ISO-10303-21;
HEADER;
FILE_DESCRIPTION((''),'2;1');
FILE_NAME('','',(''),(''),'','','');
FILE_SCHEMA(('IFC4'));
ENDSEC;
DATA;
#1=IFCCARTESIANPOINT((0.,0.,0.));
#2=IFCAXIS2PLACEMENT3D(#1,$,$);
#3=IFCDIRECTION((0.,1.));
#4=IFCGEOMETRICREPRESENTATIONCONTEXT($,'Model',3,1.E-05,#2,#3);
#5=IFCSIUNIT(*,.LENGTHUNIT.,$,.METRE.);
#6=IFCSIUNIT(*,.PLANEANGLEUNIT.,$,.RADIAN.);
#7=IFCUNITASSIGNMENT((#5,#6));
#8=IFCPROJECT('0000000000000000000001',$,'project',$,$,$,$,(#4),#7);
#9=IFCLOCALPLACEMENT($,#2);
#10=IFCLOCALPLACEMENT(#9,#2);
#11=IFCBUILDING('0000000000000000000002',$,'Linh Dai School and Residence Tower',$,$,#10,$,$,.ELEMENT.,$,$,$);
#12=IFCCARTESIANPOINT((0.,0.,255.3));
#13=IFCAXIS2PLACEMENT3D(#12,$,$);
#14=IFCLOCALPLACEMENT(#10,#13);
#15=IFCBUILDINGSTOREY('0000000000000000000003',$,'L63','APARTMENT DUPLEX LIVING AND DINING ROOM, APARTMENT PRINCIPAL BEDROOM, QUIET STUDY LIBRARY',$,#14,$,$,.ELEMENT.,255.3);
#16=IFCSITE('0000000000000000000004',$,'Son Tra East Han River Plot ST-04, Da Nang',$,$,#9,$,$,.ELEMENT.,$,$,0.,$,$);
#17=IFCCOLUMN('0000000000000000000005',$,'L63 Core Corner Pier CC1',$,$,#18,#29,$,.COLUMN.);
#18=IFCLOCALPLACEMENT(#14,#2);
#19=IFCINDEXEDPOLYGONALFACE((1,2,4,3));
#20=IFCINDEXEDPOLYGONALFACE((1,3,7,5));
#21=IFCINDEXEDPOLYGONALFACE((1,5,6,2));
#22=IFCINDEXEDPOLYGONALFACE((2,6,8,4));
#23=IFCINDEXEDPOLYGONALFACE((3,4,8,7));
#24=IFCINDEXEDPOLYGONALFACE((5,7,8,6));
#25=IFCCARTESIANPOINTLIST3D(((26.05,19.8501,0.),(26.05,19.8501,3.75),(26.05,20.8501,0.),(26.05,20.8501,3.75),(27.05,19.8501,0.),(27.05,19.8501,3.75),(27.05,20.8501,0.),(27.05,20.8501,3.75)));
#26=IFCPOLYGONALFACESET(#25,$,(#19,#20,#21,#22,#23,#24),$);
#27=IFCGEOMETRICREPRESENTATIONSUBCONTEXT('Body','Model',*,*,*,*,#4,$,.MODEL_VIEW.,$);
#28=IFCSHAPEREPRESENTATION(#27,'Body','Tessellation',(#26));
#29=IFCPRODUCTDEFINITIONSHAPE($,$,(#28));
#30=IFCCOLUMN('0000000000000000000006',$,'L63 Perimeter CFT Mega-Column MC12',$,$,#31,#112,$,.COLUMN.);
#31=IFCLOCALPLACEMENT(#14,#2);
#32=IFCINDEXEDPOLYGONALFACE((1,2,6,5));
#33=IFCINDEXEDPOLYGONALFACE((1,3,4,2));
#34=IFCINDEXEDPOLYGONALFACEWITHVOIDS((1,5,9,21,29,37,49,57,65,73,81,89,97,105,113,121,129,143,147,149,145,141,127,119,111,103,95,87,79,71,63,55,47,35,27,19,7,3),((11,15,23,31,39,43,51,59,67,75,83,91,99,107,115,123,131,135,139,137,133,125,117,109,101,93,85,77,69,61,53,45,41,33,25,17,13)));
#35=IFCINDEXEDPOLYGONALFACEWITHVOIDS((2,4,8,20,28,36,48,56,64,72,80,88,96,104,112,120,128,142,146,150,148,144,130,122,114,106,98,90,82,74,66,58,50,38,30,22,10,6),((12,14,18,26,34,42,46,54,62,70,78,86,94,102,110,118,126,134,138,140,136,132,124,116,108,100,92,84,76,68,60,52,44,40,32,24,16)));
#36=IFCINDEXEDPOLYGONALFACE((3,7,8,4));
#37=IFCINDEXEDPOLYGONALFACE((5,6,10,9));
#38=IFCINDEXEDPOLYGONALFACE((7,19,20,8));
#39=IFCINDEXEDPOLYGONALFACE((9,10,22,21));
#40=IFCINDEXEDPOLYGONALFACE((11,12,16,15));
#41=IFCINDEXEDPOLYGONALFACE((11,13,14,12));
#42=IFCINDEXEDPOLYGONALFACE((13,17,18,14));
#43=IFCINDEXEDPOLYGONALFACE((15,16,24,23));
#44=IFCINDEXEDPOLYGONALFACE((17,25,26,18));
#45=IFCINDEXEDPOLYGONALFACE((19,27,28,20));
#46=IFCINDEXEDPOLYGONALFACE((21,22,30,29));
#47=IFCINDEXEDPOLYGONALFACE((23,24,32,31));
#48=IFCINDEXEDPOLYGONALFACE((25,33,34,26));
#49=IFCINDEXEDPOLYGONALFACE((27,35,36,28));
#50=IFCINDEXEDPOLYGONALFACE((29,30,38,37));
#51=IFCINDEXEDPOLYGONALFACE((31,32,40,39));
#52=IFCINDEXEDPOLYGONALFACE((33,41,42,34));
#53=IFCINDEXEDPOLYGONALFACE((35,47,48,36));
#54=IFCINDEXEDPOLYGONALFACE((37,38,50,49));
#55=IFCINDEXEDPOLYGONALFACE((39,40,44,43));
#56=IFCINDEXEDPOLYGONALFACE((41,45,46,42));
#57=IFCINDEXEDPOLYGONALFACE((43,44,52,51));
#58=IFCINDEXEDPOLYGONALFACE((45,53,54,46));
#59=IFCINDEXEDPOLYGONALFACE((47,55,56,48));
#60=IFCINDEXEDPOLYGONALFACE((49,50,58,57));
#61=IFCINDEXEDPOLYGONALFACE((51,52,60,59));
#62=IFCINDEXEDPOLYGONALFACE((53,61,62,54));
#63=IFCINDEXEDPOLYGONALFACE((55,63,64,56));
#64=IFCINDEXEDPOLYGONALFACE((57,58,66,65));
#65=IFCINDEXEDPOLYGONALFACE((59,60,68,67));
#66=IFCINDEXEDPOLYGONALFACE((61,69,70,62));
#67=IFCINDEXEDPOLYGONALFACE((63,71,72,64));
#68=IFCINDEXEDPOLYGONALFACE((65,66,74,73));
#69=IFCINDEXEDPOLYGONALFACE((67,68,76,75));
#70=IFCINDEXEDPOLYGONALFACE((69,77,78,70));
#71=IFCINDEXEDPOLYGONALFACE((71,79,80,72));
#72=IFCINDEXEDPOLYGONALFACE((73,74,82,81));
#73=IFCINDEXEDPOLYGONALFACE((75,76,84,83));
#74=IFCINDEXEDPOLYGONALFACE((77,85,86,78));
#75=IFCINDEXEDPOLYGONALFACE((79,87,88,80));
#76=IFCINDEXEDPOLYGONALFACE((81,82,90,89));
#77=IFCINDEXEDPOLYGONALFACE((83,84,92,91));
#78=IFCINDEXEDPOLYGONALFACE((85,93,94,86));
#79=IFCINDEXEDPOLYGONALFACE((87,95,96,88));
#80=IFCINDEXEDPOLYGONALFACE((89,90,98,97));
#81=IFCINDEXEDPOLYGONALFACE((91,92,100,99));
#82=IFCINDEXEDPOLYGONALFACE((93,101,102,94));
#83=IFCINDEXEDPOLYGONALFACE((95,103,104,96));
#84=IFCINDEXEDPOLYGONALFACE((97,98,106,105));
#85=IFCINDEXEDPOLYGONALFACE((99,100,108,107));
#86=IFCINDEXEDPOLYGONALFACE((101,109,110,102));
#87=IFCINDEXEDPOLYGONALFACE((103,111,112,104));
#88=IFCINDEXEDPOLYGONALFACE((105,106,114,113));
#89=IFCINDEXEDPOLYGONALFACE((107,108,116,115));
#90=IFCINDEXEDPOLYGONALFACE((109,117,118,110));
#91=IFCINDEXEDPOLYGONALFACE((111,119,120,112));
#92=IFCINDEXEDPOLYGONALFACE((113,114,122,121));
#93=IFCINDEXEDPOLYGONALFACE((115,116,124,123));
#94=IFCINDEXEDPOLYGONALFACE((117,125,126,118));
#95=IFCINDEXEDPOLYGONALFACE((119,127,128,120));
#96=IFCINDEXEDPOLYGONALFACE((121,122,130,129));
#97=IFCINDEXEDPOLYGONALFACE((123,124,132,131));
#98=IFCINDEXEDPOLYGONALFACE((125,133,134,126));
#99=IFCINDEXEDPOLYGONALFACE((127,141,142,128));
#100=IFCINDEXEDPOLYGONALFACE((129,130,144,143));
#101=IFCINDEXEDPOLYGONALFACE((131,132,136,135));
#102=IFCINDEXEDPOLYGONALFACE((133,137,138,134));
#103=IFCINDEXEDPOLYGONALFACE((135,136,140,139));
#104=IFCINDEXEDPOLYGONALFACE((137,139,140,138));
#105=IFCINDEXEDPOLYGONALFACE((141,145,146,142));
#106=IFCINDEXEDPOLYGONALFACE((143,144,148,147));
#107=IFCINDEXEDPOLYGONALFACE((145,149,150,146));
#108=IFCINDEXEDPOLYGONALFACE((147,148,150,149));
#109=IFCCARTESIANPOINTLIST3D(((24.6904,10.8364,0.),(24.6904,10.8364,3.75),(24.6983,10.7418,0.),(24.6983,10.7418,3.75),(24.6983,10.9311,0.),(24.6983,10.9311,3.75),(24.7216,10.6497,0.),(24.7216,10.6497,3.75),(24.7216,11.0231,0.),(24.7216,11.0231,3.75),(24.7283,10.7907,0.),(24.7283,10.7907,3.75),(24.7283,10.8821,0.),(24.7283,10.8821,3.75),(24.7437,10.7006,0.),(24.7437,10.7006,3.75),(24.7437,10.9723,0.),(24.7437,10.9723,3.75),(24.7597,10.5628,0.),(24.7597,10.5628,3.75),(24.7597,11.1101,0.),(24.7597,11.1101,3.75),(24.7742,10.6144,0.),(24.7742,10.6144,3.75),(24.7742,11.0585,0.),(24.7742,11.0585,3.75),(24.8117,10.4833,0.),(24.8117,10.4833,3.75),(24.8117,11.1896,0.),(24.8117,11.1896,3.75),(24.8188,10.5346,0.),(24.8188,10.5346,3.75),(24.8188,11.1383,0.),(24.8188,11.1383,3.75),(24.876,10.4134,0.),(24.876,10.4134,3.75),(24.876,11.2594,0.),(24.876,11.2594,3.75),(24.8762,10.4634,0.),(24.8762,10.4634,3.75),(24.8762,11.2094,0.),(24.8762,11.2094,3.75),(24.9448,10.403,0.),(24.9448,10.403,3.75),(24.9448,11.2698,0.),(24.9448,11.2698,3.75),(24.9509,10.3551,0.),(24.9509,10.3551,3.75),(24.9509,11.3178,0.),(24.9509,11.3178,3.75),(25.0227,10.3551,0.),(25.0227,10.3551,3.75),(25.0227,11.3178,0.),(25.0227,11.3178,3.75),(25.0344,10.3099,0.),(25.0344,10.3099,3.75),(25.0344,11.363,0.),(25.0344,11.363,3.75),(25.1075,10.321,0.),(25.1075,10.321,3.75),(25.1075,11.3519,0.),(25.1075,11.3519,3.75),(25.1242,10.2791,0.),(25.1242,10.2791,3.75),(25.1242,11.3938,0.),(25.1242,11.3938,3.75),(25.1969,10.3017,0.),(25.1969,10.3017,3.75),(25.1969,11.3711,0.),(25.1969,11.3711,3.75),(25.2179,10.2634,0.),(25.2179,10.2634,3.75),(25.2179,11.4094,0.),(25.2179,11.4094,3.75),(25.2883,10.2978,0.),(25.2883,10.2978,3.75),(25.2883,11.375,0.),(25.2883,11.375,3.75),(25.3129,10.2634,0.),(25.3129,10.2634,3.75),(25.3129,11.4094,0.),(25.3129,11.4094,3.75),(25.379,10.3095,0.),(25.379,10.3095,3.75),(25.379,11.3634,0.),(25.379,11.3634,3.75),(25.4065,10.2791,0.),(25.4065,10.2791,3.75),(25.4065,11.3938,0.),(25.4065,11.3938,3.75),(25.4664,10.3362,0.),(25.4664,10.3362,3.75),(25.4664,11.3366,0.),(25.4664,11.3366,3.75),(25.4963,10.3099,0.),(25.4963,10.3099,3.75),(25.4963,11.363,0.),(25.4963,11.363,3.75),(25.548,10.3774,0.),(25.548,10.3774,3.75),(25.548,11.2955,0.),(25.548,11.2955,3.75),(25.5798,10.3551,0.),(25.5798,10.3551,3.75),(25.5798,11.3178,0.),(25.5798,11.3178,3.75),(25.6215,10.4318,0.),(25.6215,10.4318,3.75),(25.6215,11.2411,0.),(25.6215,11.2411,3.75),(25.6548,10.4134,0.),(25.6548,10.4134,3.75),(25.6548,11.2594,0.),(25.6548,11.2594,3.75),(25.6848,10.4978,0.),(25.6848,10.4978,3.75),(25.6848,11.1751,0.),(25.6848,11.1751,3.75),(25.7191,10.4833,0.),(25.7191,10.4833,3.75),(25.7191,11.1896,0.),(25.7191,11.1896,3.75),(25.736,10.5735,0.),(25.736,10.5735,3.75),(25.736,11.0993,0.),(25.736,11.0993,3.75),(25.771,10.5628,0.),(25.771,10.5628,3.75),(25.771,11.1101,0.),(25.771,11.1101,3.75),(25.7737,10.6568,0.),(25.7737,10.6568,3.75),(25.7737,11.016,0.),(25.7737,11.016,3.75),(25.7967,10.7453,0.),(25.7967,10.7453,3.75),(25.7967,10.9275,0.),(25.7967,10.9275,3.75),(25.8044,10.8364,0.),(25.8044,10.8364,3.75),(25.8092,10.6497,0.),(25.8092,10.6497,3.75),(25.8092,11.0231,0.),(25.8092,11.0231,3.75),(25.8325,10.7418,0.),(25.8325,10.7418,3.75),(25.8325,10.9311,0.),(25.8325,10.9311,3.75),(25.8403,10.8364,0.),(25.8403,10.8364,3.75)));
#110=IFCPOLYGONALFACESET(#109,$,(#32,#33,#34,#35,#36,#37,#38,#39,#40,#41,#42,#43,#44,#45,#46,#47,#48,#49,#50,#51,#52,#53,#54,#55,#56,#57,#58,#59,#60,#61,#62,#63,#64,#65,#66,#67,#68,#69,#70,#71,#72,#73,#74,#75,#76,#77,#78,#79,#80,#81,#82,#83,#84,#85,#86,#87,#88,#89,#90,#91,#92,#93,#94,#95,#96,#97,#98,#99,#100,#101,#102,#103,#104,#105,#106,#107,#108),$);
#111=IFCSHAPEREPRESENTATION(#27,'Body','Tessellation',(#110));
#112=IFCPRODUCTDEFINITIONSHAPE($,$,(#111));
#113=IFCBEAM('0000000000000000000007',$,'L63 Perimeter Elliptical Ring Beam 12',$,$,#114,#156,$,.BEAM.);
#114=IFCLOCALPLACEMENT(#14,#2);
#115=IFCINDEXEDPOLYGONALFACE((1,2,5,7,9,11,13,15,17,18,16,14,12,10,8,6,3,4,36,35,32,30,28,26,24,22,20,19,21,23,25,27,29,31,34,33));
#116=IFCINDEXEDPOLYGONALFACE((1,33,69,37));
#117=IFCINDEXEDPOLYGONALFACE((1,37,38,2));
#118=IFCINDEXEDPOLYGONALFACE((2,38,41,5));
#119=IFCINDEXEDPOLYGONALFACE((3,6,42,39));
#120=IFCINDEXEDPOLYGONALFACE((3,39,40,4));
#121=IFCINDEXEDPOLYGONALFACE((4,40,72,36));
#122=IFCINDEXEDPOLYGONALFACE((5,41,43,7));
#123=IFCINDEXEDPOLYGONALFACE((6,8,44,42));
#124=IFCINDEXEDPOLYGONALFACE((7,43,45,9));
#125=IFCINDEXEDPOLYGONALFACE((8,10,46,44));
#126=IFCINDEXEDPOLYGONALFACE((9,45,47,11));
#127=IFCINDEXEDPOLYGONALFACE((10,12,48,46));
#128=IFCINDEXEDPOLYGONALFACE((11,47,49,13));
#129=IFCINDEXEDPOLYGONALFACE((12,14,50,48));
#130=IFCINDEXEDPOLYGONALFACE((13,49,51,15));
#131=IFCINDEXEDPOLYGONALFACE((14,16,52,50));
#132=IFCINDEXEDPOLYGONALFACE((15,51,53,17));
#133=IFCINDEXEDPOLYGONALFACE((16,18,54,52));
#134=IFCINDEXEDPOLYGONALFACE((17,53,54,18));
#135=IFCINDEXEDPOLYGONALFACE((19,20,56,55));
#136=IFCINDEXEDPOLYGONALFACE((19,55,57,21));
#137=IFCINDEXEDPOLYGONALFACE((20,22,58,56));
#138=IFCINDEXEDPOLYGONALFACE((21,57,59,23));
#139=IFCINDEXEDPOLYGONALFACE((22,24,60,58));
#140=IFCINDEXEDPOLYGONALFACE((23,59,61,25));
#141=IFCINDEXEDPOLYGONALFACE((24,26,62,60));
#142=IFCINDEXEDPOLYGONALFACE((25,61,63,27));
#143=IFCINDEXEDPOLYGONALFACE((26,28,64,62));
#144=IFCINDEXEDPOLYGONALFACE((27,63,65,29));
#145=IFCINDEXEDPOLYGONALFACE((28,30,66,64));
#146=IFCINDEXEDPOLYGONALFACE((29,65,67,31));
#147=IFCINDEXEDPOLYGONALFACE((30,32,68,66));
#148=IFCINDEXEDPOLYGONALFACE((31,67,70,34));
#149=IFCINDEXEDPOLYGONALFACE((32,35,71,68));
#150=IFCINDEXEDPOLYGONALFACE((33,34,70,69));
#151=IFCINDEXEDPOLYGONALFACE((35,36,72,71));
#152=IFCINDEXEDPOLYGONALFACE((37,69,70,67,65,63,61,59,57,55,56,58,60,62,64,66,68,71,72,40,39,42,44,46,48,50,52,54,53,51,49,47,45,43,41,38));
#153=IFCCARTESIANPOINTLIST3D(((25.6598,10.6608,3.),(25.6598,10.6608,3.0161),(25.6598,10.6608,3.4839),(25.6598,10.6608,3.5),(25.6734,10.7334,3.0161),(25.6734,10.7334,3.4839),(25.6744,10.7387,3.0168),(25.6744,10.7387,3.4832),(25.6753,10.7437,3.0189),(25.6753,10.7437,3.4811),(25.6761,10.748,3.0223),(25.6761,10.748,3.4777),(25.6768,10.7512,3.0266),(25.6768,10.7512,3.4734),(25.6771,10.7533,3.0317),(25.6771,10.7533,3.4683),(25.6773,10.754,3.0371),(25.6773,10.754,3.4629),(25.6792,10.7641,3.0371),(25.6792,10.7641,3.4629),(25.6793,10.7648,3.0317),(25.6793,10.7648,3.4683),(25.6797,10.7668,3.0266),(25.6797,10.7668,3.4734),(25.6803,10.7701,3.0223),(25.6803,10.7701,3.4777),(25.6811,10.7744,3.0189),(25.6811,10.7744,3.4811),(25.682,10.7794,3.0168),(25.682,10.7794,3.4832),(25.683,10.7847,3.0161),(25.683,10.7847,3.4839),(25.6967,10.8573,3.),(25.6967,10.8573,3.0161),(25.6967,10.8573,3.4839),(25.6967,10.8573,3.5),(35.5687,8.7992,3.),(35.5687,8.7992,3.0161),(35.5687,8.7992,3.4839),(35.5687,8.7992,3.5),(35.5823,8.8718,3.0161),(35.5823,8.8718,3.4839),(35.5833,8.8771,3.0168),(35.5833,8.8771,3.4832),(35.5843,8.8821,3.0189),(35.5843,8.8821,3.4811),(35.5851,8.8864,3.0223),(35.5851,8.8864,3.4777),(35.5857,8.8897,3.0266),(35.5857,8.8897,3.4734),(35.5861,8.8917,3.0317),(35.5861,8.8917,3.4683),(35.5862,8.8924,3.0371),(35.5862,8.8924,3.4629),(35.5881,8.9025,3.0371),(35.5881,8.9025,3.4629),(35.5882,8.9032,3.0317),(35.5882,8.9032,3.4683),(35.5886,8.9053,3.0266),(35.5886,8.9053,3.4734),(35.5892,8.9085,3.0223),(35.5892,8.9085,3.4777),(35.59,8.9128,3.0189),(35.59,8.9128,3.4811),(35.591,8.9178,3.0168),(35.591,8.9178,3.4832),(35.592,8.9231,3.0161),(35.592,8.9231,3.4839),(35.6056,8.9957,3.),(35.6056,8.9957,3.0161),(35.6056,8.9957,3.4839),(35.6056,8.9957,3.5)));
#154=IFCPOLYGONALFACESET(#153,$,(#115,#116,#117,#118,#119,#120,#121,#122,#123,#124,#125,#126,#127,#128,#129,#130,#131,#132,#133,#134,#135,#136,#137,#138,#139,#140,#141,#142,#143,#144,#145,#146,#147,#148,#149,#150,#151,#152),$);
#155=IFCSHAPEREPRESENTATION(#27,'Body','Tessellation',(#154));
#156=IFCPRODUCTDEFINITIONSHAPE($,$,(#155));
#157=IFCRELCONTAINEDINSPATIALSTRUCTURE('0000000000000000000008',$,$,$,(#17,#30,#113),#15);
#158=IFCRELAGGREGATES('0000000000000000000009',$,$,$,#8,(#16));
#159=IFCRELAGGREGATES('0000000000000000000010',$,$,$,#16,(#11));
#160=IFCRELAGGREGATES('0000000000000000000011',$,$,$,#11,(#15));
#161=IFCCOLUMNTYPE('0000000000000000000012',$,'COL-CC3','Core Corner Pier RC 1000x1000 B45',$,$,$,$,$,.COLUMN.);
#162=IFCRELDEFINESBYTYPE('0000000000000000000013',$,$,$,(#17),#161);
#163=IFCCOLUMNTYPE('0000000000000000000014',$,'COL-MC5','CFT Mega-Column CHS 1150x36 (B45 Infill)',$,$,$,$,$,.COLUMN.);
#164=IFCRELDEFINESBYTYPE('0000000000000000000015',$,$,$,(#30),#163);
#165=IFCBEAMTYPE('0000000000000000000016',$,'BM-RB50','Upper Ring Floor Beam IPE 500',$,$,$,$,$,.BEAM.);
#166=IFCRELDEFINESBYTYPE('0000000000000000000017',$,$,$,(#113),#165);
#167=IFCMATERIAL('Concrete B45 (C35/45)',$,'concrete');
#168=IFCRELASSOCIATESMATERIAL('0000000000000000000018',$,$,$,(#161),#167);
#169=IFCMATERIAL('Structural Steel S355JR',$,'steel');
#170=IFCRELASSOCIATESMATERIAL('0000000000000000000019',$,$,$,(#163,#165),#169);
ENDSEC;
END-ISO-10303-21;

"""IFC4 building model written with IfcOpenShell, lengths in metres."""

from ifc_helpers import new_model, si_unit, direction, frame, origin, origin_2d, place, context, subcontext, project, spatial, rectangle, hollow_circle, i_section, extrude, material, material_profile, profile_set, type_object, element, save


model = new_model("IFC4")

# Units and contexts
model_context = context("Model", 3, precision=1e-05, world=origin(), true_north=direction((0.0, 1.0)))
body_context = subcontext(model_context, "Body", "Model", "MODEL_VIEW")
ifc_project = project(units=[si_unit("LENGTHUNIT", "METRE"), si_unit("PLANEANGLEUNIT", "RADIAN")], contexts=[model_context])

# Site, building, storey
site_placement = place(None, origin())
site = spatial("IfcSite", under=ifc_project, at=site_placement, Name="Son Tra East Han River Plot ST-04, Da Nang", CompositionType="ELEMENT", RefElevation=0.0)
building_placement = place(site_placement, origin())
building = spatial("IfcBuilding", under=site, at=building_placement, Name="Linh Dai School and Residence Tower", CompositionType="ELEMENT")
storey_placement = place(building_placement, frame((0.0, 0.0, 255.3)))
storey = spatial("IfcBuildingStorey", under=building, at=storey_placement, Name="L63", Description="APARTMENT DUPLEX LIVING AND DINING ROOM, APARTMENT PRINCIPAL BEDROOM, QUIET STUDY LIBRARY", CompositionType="ELEMENT", Elevation=255.3)

# Columns
ifc_material_1 = material(Name="Concrete B45 (C35/45)", Category="concrete")
ifc_material_profile_1 = material_profile(ifc_material_1, rectangle(XDim=1.0, YDim=1.0, at=origin_2d()), Name="RC 1000x1000")
ifc_profile_set_1 = profile_set([ifc_material_profile_1], Name="Concrete B45 (C35/45)")
column_type_1 = type_object("IfcColumnType", Name="COL-CC3", Description="Core Corner Pier RC 1000x1000 B45", PredefinedType="COLUMN", material=ifc_profile_set_1)
column_1_placement = place(storey_placement, frame((26.55, 20.3501, 0.0), z_axis=(0.0, 0.0, 1.0), x_axis=(1.0, 0.0, 0.0)))
element("IfcColumn", 1, at=column_1_placement, inside=storey, type_object=column_type_1, Name="L63 Core Corner Pier CC1", PredefinedType="COLUMN", context=body_context, shape_type="SweptSolid", body=[
    extrude(rectangle(XDim=1.0, YDim=1.0, at=origin_2d()), origin(), (0.0, 0.0, 1.0), 3.75),
])
ifc_material_2 = material(Name="Structural Steel S355JR", Category="steel")
ifc_material_profile_2 = material_profile(ifc_material_2, hollow_circle(Radius=0.575, WallThickness=0.0359, at=origin_2d()), Name="CHS 1150x36")
ifc_profile_set_2 = profile_set([ifc_material_profile_2], Name="Structural Steel S355JR")
column_type_2 = type_object("IfcColumnType", Name="COL-MC5", Description="CFT Mega-Column CHS 1150x36 (B45 Infill)", PredefinedType="COLUMN", material=ifc_profile_set_2)
column_2_placement = place(storey_placement, frame((25.2654, 10.8364, 0.0), z_axis=(0.0, 0.0, 1.0), x_axis=(1.0, 0.0, 0.0)))
element("IfcColumn", 2, at=column_2_placement, inside=storey, type_object=column_type_2, Name="L63 Perimeter CFT Mega-Column MC12", PredefinedType="COLUMN", context=body_context, shape_type="SweptSolid", body=[
    extrude(hollow_circle(Radius=0.575, WallThickness=0.0359, at=origin_2d()), origin(), (0.0, 0.0, 1.0), 3.75),
])

# Beam
ifc_material_profile_3 = material_profile(ifc_material_2, i_section(OverallWidth=0.2, OverallDepth=0.5, WebThickness=0.0103, FlangeThickness=0.0161, FilletRadius=0.021, at=origin_2d()), Name="IPE 500")
ifc_profile_set_3 = profile_set([ifc_material_profile_3], Name="Structural Steel S355JR")
beam_type_1 = type_object("IfcBeamType", Name="BM-RB50", Description="Upper Ring Floor Beam IPE 500", PredefinedType="BEAM", material=ifc_profile_set_3)
beam_1_placement = place(storey_placement, frame((25.6782, 10.759, 3.25), z_axis=(0.982807, -0.184638, 0.0), x_axis=(0.184638, 0.982807, 0.0)))
element("IfcBeam", 3, at=beam_1_placement, inside=storey, type_object=beam_type_1, Name="L63 Perimeter Elliptical Ring Beam 12", PredefinedType="BEAM", context=body_context, shape_type="SweptSolid", body=[
    extrude(i_section(OverallWidth=0.2, OverallDepth=0.5, WebThickness=0.0103, FlangeThickness=0.0161, FilletRadius=0.021, at=origin_2d()), origin(), (0.0, 0.0, 1.0), 10.0823),
])

save(model, "model.ifc")
